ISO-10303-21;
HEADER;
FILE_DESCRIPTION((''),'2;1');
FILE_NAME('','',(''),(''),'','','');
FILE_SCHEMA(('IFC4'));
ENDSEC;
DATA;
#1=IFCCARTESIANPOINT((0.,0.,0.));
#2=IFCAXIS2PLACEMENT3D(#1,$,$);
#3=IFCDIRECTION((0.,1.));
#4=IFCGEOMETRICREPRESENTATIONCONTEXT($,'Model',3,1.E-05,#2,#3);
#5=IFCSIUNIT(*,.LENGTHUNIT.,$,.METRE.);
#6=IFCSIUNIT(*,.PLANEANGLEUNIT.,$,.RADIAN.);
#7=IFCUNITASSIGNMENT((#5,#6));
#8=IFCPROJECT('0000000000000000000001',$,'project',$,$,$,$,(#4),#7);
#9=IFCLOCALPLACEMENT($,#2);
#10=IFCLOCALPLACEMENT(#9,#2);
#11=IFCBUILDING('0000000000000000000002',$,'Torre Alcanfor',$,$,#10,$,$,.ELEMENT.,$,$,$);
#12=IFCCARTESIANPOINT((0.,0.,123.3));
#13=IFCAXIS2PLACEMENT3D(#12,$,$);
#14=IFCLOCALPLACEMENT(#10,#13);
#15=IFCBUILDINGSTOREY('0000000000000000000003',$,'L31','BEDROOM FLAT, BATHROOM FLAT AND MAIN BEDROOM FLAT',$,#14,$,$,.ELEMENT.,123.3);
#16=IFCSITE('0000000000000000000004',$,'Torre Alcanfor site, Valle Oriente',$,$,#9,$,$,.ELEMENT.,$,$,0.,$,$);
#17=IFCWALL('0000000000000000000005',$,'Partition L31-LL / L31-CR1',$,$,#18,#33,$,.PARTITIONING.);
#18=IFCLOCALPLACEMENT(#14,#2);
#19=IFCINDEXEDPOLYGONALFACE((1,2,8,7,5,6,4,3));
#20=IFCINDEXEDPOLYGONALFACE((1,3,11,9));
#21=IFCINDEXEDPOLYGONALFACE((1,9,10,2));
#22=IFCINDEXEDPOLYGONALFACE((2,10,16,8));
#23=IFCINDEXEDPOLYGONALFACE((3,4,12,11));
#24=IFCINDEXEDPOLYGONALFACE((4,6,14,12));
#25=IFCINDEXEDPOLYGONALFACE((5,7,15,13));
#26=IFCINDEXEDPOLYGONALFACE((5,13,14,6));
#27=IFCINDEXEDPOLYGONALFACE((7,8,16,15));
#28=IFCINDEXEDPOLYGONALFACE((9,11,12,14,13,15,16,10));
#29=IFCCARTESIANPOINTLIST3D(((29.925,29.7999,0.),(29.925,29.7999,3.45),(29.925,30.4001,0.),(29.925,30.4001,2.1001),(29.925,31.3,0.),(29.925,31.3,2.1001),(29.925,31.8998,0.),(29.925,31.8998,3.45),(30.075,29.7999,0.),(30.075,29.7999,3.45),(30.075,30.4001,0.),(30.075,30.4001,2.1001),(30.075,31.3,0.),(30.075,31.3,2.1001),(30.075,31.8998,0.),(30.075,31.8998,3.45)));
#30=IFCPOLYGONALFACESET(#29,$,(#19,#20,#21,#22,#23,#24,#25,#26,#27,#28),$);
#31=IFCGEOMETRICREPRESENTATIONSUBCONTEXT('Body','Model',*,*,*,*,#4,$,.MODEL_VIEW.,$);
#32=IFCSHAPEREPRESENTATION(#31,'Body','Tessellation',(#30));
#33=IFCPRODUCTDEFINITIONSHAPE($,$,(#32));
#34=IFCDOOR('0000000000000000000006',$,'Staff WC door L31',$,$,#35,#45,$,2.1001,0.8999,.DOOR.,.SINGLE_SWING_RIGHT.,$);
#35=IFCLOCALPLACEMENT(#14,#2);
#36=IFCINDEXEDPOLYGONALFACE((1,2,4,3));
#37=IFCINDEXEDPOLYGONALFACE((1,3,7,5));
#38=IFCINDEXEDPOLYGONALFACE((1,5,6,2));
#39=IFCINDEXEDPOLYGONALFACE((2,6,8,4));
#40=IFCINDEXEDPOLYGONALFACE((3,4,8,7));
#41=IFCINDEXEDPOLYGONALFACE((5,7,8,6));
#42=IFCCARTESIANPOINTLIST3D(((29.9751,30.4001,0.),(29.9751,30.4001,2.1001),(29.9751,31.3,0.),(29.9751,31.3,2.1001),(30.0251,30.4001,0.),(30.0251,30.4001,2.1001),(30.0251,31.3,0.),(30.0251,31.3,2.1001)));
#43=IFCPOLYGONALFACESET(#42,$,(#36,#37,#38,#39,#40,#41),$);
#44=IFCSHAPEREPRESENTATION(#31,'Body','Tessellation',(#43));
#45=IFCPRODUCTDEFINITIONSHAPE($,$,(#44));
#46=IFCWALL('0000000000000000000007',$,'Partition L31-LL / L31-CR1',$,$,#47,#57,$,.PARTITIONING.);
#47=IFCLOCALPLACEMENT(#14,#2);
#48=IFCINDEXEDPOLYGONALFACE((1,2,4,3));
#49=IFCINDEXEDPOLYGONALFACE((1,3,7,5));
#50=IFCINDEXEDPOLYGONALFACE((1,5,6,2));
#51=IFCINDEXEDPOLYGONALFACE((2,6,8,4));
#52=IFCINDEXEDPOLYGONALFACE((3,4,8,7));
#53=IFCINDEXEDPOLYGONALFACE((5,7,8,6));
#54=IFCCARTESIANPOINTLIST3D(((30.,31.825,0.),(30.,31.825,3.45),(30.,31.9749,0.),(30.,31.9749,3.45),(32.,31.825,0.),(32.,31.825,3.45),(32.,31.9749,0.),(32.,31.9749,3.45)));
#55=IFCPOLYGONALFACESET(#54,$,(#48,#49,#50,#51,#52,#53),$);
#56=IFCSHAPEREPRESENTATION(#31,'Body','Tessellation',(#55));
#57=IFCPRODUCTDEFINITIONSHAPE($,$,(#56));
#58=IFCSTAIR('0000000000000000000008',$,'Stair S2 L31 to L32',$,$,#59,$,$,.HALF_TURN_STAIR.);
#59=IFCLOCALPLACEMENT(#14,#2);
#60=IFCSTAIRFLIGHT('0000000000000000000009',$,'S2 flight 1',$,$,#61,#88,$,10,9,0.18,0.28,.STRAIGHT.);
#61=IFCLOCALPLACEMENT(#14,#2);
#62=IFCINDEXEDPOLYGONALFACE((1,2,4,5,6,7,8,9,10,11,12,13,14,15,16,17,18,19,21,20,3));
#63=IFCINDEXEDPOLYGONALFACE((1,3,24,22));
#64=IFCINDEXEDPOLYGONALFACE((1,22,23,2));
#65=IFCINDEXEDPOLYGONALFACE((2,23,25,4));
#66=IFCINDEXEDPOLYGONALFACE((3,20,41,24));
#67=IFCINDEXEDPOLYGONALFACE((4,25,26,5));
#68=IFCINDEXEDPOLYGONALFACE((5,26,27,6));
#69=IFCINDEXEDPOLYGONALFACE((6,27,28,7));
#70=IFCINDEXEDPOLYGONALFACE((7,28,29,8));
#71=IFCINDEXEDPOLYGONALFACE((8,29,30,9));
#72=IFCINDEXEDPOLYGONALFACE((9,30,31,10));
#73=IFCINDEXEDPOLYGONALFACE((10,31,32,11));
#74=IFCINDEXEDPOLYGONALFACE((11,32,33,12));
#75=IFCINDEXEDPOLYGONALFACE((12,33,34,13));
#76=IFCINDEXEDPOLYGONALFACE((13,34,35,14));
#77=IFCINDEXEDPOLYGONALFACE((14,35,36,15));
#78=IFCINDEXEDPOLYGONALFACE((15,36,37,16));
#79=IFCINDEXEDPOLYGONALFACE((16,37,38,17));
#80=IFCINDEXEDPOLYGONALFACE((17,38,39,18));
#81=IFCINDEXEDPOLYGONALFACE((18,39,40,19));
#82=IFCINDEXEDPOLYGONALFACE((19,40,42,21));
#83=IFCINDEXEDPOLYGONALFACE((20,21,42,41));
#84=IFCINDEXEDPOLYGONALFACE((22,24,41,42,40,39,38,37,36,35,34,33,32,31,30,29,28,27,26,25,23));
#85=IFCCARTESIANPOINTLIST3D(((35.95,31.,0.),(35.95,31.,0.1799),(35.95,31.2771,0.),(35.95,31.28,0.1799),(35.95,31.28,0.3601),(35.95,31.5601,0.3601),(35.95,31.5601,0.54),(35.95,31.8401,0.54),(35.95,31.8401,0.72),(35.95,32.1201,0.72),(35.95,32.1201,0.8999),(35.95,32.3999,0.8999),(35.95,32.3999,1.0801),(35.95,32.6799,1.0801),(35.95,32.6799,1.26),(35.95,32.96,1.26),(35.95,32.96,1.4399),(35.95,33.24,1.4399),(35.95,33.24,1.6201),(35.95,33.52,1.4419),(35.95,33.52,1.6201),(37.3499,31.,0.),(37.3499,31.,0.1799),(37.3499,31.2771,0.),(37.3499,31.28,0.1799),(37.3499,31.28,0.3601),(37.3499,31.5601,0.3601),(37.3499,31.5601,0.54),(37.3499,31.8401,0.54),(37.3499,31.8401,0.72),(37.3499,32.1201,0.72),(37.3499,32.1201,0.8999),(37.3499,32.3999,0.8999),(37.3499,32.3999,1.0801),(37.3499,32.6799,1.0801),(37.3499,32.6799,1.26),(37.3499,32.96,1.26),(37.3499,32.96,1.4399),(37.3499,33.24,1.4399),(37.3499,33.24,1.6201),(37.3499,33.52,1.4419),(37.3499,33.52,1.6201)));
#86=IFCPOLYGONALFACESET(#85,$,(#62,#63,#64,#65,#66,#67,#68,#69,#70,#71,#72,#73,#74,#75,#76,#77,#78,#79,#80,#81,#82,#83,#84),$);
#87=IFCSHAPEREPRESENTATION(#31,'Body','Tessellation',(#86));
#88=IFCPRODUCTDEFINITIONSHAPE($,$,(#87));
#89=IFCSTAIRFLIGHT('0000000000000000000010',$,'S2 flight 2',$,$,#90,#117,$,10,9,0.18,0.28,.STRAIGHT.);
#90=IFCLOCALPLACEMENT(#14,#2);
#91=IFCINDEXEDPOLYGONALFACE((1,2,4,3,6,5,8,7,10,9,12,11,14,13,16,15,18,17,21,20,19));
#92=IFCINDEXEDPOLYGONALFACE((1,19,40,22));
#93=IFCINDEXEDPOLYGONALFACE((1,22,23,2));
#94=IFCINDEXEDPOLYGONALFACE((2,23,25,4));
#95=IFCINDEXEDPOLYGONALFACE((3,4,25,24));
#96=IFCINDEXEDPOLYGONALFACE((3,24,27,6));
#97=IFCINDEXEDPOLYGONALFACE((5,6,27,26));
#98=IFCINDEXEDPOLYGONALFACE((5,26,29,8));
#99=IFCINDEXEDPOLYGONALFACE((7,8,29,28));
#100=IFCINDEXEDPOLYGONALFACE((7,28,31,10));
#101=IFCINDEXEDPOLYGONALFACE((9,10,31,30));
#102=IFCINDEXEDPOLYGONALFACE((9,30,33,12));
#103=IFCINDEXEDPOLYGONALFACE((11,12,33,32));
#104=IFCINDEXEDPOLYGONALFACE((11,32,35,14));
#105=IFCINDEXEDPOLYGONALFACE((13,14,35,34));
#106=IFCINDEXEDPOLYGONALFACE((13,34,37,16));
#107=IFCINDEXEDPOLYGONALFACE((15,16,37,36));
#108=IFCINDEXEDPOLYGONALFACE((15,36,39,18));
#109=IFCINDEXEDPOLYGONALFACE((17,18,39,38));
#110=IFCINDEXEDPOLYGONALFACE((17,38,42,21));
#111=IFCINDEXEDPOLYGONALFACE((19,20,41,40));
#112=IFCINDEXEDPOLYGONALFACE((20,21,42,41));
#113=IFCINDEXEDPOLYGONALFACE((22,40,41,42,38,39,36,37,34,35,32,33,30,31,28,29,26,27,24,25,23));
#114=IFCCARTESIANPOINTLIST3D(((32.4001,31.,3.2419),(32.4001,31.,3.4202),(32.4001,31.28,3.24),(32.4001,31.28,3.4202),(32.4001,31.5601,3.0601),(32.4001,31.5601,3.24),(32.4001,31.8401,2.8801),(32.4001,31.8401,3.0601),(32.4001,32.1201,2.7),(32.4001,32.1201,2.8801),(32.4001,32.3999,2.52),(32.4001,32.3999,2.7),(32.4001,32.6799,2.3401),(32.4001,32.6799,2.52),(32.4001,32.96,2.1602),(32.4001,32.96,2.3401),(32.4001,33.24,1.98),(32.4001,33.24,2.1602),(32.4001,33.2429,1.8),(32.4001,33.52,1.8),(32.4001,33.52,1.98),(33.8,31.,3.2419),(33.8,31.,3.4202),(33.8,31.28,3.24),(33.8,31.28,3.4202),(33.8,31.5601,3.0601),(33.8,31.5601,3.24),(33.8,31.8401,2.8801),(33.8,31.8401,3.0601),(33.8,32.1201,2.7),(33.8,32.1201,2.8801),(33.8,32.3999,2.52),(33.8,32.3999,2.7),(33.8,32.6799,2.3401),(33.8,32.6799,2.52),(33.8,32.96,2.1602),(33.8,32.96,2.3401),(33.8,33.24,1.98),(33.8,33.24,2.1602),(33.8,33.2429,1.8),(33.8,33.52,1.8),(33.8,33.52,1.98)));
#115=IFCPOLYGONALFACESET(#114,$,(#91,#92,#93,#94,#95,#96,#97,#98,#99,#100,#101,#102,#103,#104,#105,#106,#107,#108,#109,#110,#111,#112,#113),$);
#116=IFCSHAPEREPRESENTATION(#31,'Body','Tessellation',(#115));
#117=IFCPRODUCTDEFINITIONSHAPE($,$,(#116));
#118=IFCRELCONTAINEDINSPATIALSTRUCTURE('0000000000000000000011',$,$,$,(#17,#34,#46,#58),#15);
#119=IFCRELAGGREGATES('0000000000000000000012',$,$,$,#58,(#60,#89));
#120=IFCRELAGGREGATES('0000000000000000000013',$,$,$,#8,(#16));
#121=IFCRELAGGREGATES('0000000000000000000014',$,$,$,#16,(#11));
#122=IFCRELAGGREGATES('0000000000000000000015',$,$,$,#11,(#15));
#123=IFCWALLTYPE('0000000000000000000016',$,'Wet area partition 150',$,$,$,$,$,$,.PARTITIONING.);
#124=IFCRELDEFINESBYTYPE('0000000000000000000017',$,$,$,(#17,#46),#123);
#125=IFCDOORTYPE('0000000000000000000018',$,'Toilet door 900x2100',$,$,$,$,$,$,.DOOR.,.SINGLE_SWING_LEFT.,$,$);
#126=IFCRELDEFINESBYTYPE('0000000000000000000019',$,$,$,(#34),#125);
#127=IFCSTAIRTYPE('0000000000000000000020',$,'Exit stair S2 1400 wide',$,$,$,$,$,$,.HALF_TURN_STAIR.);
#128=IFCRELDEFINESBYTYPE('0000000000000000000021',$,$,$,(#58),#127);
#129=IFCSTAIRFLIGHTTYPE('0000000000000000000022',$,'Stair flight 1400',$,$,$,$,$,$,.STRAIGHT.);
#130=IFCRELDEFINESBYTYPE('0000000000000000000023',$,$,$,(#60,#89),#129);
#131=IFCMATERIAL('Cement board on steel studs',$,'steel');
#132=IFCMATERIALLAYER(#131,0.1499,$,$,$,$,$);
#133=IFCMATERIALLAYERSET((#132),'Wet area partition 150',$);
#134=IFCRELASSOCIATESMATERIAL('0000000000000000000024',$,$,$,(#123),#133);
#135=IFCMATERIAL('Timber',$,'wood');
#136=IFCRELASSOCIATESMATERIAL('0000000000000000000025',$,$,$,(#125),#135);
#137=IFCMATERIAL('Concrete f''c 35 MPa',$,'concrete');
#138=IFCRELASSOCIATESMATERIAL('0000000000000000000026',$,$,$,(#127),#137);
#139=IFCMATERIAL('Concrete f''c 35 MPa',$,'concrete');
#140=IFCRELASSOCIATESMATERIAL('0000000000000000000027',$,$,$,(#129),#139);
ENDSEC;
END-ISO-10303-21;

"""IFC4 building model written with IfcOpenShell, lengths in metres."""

from ifc_helpers import new_model, si_unit, direction, frame, frame_2d, origin, place, context, subcontext, project, spatial, polyline, rectangle, outline, extrude, material, layer, layer_set, type_object, element, fill, aggregate, save


model = new_model("IFC4")

# Units and contexts
model_context = context("Model", 3, precision=1e-05, world=origin(), true_north=direction((0.0, 1.0)))
body_context = subcontext(model_context, "Body", "Model", "MODEL_VIEW")
ifc_project = project(units=[si_unit("LENGTHUNIT", "METRE"), si_unit("PLANEANGLEUNIT", "RADIAN")], contexts=[model_context])

# Site, building, storey
site_placement = place(None, origin())
site = spatial("IfcSite", under=ifc_project, at=site_placement, Name="Torre Alcanfor site, Valle Oriente", CompositionType="ELEMENT", RefElevation=0.0)
building_placement = place(site_placement, origin())
building = spatial("IfcBuilding", under=site, at=building_placement, Name="Torre Alcanfor", CompositionType="ELEMENT")
storey_placement = place(building_placement, frame((0.0, 0.0, 123.3)))
storey = spatial("IfcBuildingStorey", under=building, at=storey_placement, Name="L31", Description="BEDROOM FLAT, BATHROOM FLAT AND MAIN BEDROOM FLAT", CompositionType="ELEMENT", Elevation=123.3)

# Shared definitions
ifc_material_1 = material(Name="Cement board on steel studs", Category="steel")
ifc_layer_1 = layer(ifc_material_1, 0.1499)
ifc_layer_set_1 = layer_set([ifc_layer_1], Name="Wet area partition 150")
wall_type_1 = type_object("IfcWallType", Name="Wet area partition 150", PredefinedType="PARTITIONING", material=ifc_layer_set_1)

# Wall, opening, door
wall_1_placement = place(storey_placement, frame((30.0, 29.8, 0.0), z_axis=(0.0, 0.0, 1.0), x_axis=(0.0, 1.0, 0.0)))
wall_1 = element("IfcWall", 1, at=wall_1_placement, inside=storey, type_object=wall_type_1, Name="Partition L31-LL / L31-CR1", PredefinedType="PARTITIONING", context=body_context, shape_type="SweptSolid", body=[
    extrude(rectangle(XDim=2.0999, YDim=0.1499, at=frame_2d((1.0498, 0.0))), origin(), (0.0, 0.0, 1.0), 3.45),
])
opening_1_placement = place(wall_1_placement, frame((0.6001, 0.0, 0.0)))
opening_1 = element("IfcOpeningElement", 2, at=opening_1_placement, cuts=wall_1, PredefinedType="OPENING", context=body_context, shape_type="SweptSolid", body=[
    extrude(rectangle(XDim=0.8999, YDim=2.1001, at=frame_2d((0.45, 1.05))), frame((0.0, 0.085, 0.0), z_axis=(0.0, -1.0, 0.0), x_axis=(1.0, 0.0, 0.0)), (0.0, 0.0, 1.0), 0.1699),
])
ifc_material_2 = material(Name="Timber", Category="wood")
door_type_1 = type_object("IfcDoorType", Name="Toilet door 900x2100", OperationType="SINGLE_SWING_LEFT", PredefinedType="DOOR", material=ifc_material_2)
door_1_placement = place(opening_1_placement, frame((0.8999, 0.0, 0.0), z_axis=(0.0, 0.0, 1.0), x_axis=(-1.0, 0.0, 0.0)))
door_1 = element("IfcDoor", 3, at=door_1_placement, inside=storey, type_object=door_type_1, Name="Staff WC door L31", OperationType="SINGLE_SWING_RIGHT", OverallHeight=2.1001, OverallWidth=0.8999, PredefinedType="DOOR", context=body_context, shape_type="SweptSolid", body=[
    extrude(rectangle(XDim=0.8999, YDim=2.1001, at=frame_2d((0.45, 1.05))), frame((0.0, 0.0251, 0.0), z_axis=(0.0, -1.0, 0.0), x_axis=(1.0, 0.0, 0.0)), (0.0, 0.0, 1.0), 0.05),
])
fill(opening_1, door_1)

# Wall
wall_2_placement = place(storey_placement, frame((30.0, 31.8999, 0.0), z_axis=(0.0, 0.0, 1.0), x_axis=(1.0, 0.0, 0.0)))
element("IfcWall", 4, at=wall_2_placement, inside=storey, type_object=wall_type_1, Name="Partition L31-LL / L31-CR1", PredefinedType="PARTITIONING", context=body_context, shape_type="SweptSolid", body=[
    extrude(rectangle(XDim=2.0, YDim=0.1499, at=frame_2d((1.0, 0.0))), origin(), (0.0, 0.0, 1.0), 3.45),
])

# Stair, stair flights
ifc_material_3 = material(Name="Concrete f'c 35 MPa", Category="concrete")
stair_type = type_object("IfcStairType", Name="Exit stair S2 1400 wide", PredefinedType="HALF_TURN_STAIR", material=ifc_material_3)
stair_placement = place(storey_placement, origin())
stair = element("IfcStair", 5, at=stair_placement, inside=storey, type_object=stair_type, Name="Stair S2 L31 to L32", PredefinedType="HALF_TURN_STAIR")
ifc_material_4 = material(Name="Concrete f'c 35 MPa", Category="concrete")
stair_flight_type = type_object("IfcStairFlightType", Name="Stair flight 1400", PredefinedType="STRAIGHT", material=ifc_material_4)
stair_flight_1_placement = place(storey_placement, frame((36.6499, 31.0, 0.0), z_axis=(0.0, 0.0, 1.0), x_axis=(0.0, 1.0, 0.0)))
stair_flight_1 = element("IfcStairFlight", 6, at=stair_flight_1_placement, type_object=stair_flight_type, Name="S2 flight 1", NumberOfRisers=10, NumberOfTreads=9, PredefinedType="STRAIGHT", RiserHeight=0.18, TreadLength=0.28, context=body_context, shape_type="SweptSolid", body=[
    extrude(outline(polyline([(0.0, 0.0), (0.0, 0.1799), (0.28, 0.1799), (0.28, 0.3601), (0.5601, 0.3601), (0.5601, 0.54), (0.8401, 0.54), (0.8401, 0.72), (1.1201, 0.72), (1.1201, 0.8999), (1.3999, 0.8999), (1.3999, 1.0801), (1.6799, 1.0801), (1.6799, 1.26), (1.96, 1.26), (1.96, 1.4399), (2.24, 1.4399), (2.24, 1.6201), (2.52, 1.6201), (2.52, 1.8), (2.52, 1.4419), (0.2771, 0.0), (0.0, 0.0)])), frame((0.0, 0.7, 0.0), z_axis=(0.0, -1.0, 0.0), x_axis=(1.0, 0.0, 0.0)), (0.0, 0.0, 1.0), 1.3999),
])
stair_flight_2_placement = place(storey_placement, frame((33.1001, 33.52, 1.8), z_axis=(0.0, 0.0, 1.0), x_axis=(0.0, -1.0, 0.0)))
stair_flight_2 = element("IfcStairFlight", 7, at=stair_flight_2_placement, type_object=stair_flight_type, Name="S2 flight 2", NumberOfRisers=10, NumberOfTreads=9, PredefinedType="STRAIGHT", RiserHeight=0.18, TreadLength=0.28, context=body_context, shape_type="SweptSolid", body=[
    extrude(outline(polyline([(0.0, 0.0), (0.0, 0.1799), (0.28, 0.1799), (0.28, 0.3601), (0.5601, 0.3601), (0.5601, 0.54), (0.8401, 0.54), (0.8401, 0.72), (1.1201, 0.72), (1.1201, 0.8999), (1.3999, 0.8999), (1.3999, 1.0801), (1.6799, 1.0801), (1.6799, 1.26), (1.96, 1.26), (1.96, 1.4399), (2.24, 1.4399), (2.24, 1.6201), (2.52, 1.6201), (2.52, 1.8), (2.52, 1.4419), (0.2771, 0.0), (0.0, 0.0)])), frame((0.0, 0.7, 0.0), z_axis=(0.0, -1.0, 0.0), x_axis=(1.0, 0.0, 0.0)), (0.0, 0.0, 1.0), 1.3999),
])
aggregate(stair, [stair_flight_1, stair_flight_2])

save(model, "model.ifc")
